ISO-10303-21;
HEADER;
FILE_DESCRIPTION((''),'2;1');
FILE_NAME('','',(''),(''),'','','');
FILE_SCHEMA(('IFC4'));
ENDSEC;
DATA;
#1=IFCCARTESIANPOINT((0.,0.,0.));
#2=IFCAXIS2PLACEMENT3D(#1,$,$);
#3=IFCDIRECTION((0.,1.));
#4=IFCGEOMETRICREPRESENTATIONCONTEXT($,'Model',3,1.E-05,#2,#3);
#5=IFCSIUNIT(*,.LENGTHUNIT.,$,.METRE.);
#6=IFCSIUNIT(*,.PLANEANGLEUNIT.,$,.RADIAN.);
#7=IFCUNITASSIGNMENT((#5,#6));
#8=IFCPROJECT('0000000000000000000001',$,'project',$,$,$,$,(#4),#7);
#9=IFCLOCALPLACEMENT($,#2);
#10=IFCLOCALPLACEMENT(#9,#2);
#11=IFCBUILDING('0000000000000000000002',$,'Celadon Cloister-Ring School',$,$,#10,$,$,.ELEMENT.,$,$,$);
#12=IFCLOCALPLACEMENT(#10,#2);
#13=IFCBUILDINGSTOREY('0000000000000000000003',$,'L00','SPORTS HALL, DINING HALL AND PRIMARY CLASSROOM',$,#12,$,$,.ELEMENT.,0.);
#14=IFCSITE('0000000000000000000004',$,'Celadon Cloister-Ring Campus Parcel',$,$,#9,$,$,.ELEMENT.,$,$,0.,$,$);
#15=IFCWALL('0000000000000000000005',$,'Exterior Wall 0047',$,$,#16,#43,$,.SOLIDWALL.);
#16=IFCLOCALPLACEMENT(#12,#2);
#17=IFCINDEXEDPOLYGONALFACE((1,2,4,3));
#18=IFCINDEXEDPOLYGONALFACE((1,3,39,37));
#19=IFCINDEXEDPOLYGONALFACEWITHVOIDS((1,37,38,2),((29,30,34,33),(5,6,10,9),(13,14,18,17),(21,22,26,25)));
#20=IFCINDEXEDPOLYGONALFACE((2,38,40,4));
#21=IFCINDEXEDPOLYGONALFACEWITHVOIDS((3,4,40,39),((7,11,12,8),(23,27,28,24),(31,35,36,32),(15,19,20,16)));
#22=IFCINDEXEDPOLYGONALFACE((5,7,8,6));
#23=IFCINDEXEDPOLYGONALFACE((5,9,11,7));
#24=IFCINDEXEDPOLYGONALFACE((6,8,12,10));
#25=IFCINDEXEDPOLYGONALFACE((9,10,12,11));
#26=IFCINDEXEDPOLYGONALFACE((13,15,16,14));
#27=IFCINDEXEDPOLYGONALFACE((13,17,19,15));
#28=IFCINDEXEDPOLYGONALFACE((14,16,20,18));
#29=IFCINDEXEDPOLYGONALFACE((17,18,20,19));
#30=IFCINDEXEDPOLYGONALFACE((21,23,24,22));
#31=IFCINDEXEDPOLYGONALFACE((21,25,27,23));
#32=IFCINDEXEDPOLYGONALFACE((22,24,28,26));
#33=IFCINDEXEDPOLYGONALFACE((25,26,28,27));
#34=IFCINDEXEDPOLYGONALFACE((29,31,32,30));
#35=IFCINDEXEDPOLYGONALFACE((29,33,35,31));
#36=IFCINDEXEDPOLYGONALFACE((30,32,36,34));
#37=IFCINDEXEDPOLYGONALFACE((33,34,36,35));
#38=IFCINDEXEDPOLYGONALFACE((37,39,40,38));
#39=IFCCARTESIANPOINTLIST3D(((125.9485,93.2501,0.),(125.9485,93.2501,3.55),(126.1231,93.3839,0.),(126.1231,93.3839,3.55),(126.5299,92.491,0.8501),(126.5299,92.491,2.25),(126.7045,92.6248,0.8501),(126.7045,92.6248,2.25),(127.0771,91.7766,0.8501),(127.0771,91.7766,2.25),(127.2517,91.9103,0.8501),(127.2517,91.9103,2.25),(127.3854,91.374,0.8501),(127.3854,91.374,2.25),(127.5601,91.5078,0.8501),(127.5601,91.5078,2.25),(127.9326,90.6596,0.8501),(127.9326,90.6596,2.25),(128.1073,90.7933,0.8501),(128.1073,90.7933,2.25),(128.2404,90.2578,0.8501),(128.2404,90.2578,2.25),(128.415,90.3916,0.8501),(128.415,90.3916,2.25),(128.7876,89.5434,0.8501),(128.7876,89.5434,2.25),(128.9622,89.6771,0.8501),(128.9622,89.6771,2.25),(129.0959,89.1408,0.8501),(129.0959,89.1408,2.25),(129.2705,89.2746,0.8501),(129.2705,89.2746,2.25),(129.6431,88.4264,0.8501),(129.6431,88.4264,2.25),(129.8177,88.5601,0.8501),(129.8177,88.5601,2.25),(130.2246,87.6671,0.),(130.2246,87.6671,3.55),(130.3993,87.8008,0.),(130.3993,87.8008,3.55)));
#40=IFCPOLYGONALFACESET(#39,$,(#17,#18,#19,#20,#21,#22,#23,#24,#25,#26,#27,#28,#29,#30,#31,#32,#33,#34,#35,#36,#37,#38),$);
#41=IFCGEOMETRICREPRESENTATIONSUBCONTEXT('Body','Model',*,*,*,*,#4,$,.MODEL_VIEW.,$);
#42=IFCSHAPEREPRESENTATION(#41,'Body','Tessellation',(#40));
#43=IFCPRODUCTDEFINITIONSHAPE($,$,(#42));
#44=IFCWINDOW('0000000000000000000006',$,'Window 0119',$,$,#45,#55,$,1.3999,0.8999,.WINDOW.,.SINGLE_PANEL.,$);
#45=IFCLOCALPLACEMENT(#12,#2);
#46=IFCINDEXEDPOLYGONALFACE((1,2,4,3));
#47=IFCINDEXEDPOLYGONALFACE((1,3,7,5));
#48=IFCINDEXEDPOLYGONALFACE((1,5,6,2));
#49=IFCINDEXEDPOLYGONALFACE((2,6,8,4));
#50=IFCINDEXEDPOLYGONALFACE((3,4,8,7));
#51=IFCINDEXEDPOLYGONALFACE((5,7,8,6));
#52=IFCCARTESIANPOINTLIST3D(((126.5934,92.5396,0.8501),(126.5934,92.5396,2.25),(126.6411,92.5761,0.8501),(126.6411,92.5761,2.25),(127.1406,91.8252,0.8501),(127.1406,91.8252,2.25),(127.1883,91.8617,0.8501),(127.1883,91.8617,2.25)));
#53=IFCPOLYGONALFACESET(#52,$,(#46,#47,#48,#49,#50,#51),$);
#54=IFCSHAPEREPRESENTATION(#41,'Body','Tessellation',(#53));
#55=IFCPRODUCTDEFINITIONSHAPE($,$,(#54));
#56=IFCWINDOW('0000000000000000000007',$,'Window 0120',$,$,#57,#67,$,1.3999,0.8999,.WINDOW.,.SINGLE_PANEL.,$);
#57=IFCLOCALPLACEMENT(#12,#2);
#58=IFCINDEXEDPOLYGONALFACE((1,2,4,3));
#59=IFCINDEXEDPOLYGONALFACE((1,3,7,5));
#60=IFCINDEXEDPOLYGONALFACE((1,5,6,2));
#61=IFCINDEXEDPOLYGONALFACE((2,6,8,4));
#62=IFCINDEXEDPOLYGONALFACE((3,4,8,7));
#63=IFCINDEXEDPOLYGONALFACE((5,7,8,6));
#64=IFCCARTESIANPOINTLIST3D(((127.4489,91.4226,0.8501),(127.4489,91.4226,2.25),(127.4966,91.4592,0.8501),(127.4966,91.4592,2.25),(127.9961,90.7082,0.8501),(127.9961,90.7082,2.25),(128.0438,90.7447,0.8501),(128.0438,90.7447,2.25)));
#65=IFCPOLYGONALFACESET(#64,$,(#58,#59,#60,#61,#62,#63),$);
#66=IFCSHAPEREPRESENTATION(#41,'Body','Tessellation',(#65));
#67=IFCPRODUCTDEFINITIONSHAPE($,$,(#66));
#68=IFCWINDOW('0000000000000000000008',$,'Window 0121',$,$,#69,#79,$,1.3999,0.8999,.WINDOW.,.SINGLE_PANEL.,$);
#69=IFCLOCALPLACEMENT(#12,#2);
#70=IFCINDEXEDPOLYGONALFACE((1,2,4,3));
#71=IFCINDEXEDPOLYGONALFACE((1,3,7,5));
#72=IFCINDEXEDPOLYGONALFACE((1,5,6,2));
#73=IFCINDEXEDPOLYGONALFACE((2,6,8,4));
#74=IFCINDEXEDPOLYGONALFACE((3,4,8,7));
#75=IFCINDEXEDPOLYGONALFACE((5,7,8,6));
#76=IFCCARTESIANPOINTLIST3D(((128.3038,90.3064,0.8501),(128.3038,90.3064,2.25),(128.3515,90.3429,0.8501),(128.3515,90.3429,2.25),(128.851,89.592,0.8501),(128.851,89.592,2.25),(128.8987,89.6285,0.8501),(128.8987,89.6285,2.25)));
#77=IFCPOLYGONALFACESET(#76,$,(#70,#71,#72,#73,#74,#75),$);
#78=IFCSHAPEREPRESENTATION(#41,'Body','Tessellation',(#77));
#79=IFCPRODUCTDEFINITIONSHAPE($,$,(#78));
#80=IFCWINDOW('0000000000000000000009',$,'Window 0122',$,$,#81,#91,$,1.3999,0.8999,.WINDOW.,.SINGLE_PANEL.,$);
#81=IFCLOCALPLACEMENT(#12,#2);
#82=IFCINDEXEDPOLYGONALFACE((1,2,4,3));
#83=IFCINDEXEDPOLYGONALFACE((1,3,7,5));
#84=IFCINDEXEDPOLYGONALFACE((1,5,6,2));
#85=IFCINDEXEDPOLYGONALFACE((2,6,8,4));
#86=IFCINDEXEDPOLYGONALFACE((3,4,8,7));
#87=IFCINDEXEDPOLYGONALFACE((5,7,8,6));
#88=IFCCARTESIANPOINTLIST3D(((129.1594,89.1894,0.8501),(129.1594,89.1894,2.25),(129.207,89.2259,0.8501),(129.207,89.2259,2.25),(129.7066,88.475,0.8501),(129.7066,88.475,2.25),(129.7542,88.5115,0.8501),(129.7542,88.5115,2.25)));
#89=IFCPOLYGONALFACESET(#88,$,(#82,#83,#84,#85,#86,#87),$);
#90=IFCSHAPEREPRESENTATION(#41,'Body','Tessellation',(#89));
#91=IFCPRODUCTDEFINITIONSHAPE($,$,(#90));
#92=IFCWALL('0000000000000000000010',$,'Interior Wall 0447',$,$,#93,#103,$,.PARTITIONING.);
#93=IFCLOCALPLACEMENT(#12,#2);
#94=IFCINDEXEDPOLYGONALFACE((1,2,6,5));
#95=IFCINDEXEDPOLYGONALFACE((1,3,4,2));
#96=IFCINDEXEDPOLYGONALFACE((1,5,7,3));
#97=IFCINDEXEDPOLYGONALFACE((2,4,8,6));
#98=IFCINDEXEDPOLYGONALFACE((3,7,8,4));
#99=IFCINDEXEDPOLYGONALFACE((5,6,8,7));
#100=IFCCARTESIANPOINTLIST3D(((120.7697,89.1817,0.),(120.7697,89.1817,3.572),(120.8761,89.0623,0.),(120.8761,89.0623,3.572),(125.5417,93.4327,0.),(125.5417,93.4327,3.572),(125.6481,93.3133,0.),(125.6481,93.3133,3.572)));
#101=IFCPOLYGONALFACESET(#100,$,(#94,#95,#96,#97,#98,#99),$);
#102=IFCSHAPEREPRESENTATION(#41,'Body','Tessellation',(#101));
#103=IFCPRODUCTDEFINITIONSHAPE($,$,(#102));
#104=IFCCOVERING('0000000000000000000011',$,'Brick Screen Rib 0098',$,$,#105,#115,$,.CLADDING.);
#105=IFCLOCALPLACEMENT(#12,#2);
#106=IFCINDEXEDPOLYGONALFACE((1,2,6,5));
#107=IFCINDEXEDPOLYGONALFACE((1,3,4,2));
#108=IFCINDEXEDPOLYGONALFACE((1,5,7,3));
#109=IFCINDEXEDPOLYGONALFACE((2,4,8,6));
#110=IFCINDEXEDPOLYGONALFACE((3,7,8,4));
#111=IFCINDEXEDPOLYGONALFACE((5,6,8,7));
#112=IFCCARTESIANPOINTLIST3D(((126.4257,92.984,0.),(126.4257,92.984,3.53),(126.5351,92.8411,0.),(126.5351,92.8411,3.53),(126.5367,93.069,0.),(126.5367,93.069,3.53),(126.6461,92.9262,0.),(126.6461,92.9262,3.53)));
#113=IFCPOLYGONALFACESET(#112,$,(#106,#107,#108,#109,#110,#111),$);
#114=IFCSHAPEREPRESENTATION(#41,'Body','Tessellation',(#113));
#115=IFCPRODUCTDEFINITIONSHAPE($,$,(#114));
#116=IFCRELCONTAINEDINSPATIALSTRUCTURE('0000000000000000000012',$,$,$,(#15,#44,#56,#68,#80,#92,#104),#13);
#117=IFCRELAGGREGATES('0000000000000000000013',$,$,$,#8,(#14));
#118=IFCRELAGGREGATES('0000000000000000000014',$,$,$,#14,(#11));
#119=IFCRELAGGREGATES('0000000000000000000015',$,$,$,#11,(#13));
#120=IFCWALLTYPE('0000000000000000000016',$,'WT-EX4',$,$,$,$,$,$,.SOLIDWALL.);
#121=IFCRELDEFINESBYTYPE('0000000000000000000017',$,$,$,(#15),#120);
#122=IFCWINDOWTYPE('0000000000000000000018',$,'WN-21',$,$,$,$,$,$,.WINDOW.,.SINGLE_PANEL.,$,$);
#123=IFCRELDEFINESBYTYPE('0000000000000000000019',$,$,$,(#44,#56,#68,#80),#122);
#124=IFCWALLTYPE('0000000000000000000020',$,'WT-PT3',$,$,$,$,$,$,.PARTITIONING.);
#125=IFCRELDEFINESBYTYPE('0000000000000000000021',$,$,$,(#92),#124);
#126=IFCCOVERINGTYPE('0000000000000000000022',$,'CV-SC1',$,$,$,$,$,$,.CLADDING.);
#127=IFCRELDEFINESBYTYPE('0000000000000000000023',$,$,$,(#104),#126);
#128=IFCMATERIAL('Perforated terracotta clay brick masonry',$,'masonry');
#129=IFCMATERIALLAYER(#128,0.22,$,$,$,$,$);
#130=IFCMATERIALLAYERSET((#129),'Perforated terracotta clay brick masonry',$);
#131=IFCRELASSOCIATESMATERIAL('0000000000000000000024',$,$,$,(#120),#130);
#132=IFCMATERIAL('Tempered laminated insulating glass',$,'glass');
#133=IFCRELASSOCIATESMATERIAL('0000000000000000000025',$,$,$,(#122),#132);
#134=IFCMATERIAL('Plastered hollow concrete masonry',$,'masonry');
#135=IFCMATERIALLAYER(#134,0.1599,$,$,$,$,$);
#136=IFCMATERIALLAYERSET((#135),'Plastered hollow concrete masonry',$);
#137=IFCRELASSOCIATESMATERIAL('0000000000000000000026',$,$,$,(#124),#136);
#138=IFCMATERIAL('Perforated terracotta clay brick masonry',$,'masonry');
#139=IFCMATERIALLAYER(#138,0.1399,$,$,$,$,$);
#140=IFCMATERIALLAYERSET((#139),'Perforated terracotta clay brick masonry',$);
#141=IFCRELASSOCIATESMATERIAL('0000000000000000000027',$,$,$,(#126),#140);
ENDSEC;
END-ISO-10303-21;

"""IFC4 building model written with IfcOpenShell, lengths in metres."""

from ifc_helpers import new_model, si_unit, direction, frame, frame_2d, origin, origin_2d, place, context, subcontext, project, spatial, rectangle, extrude, material, layer, layer_set, type_object, element, fill, save


model = new_model("IFC4")

# Units and contexts
model_context = context("Model", 3, precision=1e-05, world=origin(), true_north=direction((0.0, 1.0)))
body_context = subcontext(model_context, "Body", "Model", "MODEL_VIEW")
ifc_project = project(units=[si_unit("LENGTHUNIT", "METRE"), si_unit("PLANEANGLEUNIT", "RADIAN")], contexts=[model_context])

# Site, building, storey
site_placement = place(None, origin())
site = spatial("IfcSite", under=ifc_project, at=site_placement, Name="Celadon Cloister-Ring Campus Parcel", CompositionType="ELEMENT", RefElevation=0.0)
building_placement = place(site_placement, origin())
building = spatial("IfcBuilding", under=site, at=building_placement, Name="Celadon Cloister-Ring School", CompositionType="ELEMENT")
storey_placement = place(building_placement, origin())
storey = spatial("IfcBuildingStorey", under=building, at=storey_placement, Name="L00", Description="SPORTS HALL, DINING HALL AND PRIMARY CLASSROOM", CompositionType="ELEMENT", Elevation=0.0)

# Wall, openings, windows
ifc_material_1 = material(Name="Perforated terracotta clay brick masonry", Category="masonry")
ifc_layer_1 = layer(ifc_material_1, 0.22)
ifc_layer_set_1 = layer_set([ifc_layer_1], Name="Perforated terracotta clay brick masonry")
wall_type_1 = type_object("IfcWallType", Name="WT-EX4", PredefinedType="SOLIDWALL", material=ifc_layer_set_1)
wall_1_placement = place(storey_placement, frame((126.0359, 93.3169, 0.0), z_axis=(0.0, 0.0, 1.0), x_axis=(0.608057, -0.793893, 0.0)))
wall_1 = element("IfcWall", 1, at=wall_1_placement, inside=storey, type_object=wall_type_1, Name="Exterior Wall 0047", PredefinedType="SOLIDWALL", context=body_context, shape_type="SweptSolid", body=[
    extrude(rectangle(XDim=7.0325, YDim=0.22, at=frame_2d((3.5161, 0.0))), origin(), (0.0, 0.0, 1.0), 3.55),
])
opening_1_placement = place(wall_1_placement, frame((0.9561, 0.0, 0.8501)))
opening_1 = element("IfcOpeningElement", 2, at=opening_1_placement, cuts=wall_1, PredefinedType="OPENING", context=body_context, shape_type="SweptSolid", body=[
    extrude(rectangle(XDim=0.8999, YDim=1.3999, at=frame_2d((0.45, 0.7))), frame((0.0, 0.1201, 0.0), z_axis=(0.0, -1.0, 0.0), x_axis=(1.0, 0.0, 0.0)), (0.0, 0.0, 1.0), 0.24),
])
opening_2_placement = place(wall_1_placement, frame((2.363, 0.0, 0.8501)))
opening_2 = element("IfcOpeningElement", 3, at=opening_2_placement, cuts=wall_1, PredefinedType="OPENING", context=body_context, shape_type="SweptSolid", body=[
    extrude(rectangle(XDim=0.8999, YDim=1.3999, at=frame_2d((0.45, 0.7))), frame((0.0, 0.1201, 0.0), z_axis=(0.0, -1.0, 0.0), x_axis=(1.0, 0.0, 0.0)), (0.0, 0.0, 1.0), 0.24),
])
opening_3_placement = place(wall_1_placement, frame((3.769, 0.0, 0.8501)))
opening_3 = element("IfcOpeningElement", 4, at=opening_3_placement, cuts=wall_1, PredefinedType="OPENING", context=body_context, shape_type="SweptSolid", body=[
    extrude(rectangle(XDim=0.8999, YDim=1.3999, at=frame_2d((0.45, 0.7))), frame((0.0, 0.1201, 0.0), z_axis=(0.0, -1.0, 0.0), x_axis=(1.0, 0.0, 0.0)), (0.0, 0.0, 1.0), 0.24),
])
opening_4_placement = place(wall_1_placement, frame((5.176, 0.0, 0.8501)))
opening_4 = element("IfcOpeningElement", 5, at=opening_4_placement, cuts=wall_1, PredefinedType="OPENING", context=body_context, shape_type="SweptSolid", body=[
    extrude(rectangle(XDim=0.8999, YDim=1.3999, at=frame_2d((0.45, 0.7))), frame((0.0, 0.1201, 0.0), z_axis=(0.0, -1.0, 0.0), x_axis=(1.0, 0.0, 0.0)), (0.0, 0.0, 1.0), 0.24),
])
ifc_material_2 = material(Name="Tempered laminated insulating glass", Category="glass")
window_type = type_object("IfcWindowType", Name="WN-21", PartitioningType="SINGLE_PANEL", PredefinedType="WINDOW", material=ifc_material_2)
window_1_placement = place(opening_1_placement, origin())
window_1 = element("IfcWindow", 6, at=window_1_placement, inside=storey, type_object=window_type, Name="Window 0119", OverallHeight=1.3999, OverallWidth=0.8999, PartitioningType="SINGLE_PANEL", PredefinedType="WINDOW", context=body_context, shape_type="SweptSolid", body=[
    extrude(rectangle(XDim=0.8999, YDim=1.3999, at=frame_2d((0.45, 0.7))), frame((0.0, 0.03, 0.0), z_axis=(0.0, -1.0, 0.0), x_axis=(1.0, 0.0, 0.0)), (0.0, 0.0, 1.0), 0.0601),
])
fill(opening_1, window_1)
window_2_placement = place(opening_2_placement, origin())
window_2 = element("IfcWindow", 7, at=window_2_placement, inside=storey, type_object=window_type, Name="Window 0120", OverallHeight=1.3999, OverallWidth=0.8999, PartitioningType="SINGLE_PANEL", PredefinedType="WINDOW", context=body_context, shape_type="SweptSolid", body=[
    extrude(rectangle(XDim=0.8999, YDim=1.3999, at=frame_2d((0.45, 0.7))), frame((0.0, 0.03, 0.0), z_axis=(0.0, -1.0, 0.0), x_axis=(1.0, 0.0, 0.0)), (0.0, 0.0, 1.0), 0.0601),
])
fill(opening_2, window_2)
window_3_placement = place(opening_3_placement, origin())
window_3 = element("IfcWindow", 8, at=window_3_placement, inside=storey, type_object=window_type, Name="Window 0121", OverallHeight=1.3999, OverallWidth=0.8999, PartitioningType="SINGLE_PANEL", PredefinedType="WINDOW", context=body_context, shape_type="SweptSolid", body=[
    extrude(rectangle(XDim=0.8999, YDim=1.3999, at=frame_2d((0.45, 0.7))), frame((0.0, 0.03, 0.0), z_axis=(0.0, -1.0, 0.0), x_axis=(1.0, 0.0, 0.0)), (0.0, 0.0, 1.0), 0.0601),
])
fill(opening_3, window_3)
window_4_placement = place(opening_4_placement, origin())
window_4 = element("IfcWindow", 9, at=window_4_placement, inside=storey, type_object=window_type, Name="Window 0122", OverallHeight=1.3999, OverallWidth=0.8999, PartitioningType="SINGLE_PANEL", PredefinedType="WINDOW", context=body_context, shape_type="SweptSolid", body=[
    extrude(rectangle(XDim=0.8999, YDim=1.3999, at=frame_2d((0.45, 0.7))), frame((0.0, 0.03, 0.0), z_axis=(0.0, -1.0, 0.0), x_axis=(1.0, 0.0, 0.0)), (0.0, 0.0, 1.0), 0.0601),
])
fill(opening_4, window_4)

# Wall
ifc_material_3 = material(Name="Plastered hollow concrete masonry", Category="masonry")
ifc_layer_2 = layer(ifc_material_3, 0.1599)
ifc_layer_set_2 = layer_set([ifc_layer_2], Name="Plastered hollow concrete masonry")
wall_type_2 = type_object("IfcWallType", Name="WT-PT3", PredefinedType="PARTITIONING", material=ifc_layer_set_2)
wall_2_placement = place(storey_placement, frame((120.823, 89.1221, 0.0), z_axis=(0.0, 0.0, 1.0), x_axis=(0.746692, 0.66517, 0.0)))
element("IfcWall", 10, at=wall_2_placement, inside=storey, type_object=wall_type_2, Name="Interior Wall 0447", PredefinedType="PARTITIONING", context=body_context, shape_type="SweptSolid", body=[
    extrude(rectangle(XDim=6.3909, YDim=0.1599, at=frame_2d((3.1953, 0.0))), origin(), (0.0, 0.0, 1.0), 3.572),
])

# Covering
ifc_material_4 = material(Name="Perforated terracotta clay brick masonry", Category="masonry")
ifc_layer_3 = layer(ifc_material_4, 0.1399)
ifc_layer_set_3 = layer_set([ifc_layer_3], Name="Perforated terracotta clay brick masonry")
covering_type = type_object("IfcCoveringType", Name="CV-SC1", PredefinedType="CLADDING", material=ifc_layer_set_3)
covering_placement = place(storey_placement, frame((126.5359, 92.9551, 0.0), z_axis=(0.0, 0.0, 1.0), x_axis=(0.608041, -0.793906, 0.0)))
element("IfcCovering", 11, at=covering_placement, inside=storey, type_object=covering_type, Name="Brick Screen Rib 0098", PredefinedType="CLADDING", context=body_context, shape_type="SweptSolid", body=[
    extrude(rectangle(XDim=0.1799, YDim=0.1399, at=origin_2d()), origin(), (0.0, 0.0, 1.0), 3.53),
])

save(model, "model.ifc")
